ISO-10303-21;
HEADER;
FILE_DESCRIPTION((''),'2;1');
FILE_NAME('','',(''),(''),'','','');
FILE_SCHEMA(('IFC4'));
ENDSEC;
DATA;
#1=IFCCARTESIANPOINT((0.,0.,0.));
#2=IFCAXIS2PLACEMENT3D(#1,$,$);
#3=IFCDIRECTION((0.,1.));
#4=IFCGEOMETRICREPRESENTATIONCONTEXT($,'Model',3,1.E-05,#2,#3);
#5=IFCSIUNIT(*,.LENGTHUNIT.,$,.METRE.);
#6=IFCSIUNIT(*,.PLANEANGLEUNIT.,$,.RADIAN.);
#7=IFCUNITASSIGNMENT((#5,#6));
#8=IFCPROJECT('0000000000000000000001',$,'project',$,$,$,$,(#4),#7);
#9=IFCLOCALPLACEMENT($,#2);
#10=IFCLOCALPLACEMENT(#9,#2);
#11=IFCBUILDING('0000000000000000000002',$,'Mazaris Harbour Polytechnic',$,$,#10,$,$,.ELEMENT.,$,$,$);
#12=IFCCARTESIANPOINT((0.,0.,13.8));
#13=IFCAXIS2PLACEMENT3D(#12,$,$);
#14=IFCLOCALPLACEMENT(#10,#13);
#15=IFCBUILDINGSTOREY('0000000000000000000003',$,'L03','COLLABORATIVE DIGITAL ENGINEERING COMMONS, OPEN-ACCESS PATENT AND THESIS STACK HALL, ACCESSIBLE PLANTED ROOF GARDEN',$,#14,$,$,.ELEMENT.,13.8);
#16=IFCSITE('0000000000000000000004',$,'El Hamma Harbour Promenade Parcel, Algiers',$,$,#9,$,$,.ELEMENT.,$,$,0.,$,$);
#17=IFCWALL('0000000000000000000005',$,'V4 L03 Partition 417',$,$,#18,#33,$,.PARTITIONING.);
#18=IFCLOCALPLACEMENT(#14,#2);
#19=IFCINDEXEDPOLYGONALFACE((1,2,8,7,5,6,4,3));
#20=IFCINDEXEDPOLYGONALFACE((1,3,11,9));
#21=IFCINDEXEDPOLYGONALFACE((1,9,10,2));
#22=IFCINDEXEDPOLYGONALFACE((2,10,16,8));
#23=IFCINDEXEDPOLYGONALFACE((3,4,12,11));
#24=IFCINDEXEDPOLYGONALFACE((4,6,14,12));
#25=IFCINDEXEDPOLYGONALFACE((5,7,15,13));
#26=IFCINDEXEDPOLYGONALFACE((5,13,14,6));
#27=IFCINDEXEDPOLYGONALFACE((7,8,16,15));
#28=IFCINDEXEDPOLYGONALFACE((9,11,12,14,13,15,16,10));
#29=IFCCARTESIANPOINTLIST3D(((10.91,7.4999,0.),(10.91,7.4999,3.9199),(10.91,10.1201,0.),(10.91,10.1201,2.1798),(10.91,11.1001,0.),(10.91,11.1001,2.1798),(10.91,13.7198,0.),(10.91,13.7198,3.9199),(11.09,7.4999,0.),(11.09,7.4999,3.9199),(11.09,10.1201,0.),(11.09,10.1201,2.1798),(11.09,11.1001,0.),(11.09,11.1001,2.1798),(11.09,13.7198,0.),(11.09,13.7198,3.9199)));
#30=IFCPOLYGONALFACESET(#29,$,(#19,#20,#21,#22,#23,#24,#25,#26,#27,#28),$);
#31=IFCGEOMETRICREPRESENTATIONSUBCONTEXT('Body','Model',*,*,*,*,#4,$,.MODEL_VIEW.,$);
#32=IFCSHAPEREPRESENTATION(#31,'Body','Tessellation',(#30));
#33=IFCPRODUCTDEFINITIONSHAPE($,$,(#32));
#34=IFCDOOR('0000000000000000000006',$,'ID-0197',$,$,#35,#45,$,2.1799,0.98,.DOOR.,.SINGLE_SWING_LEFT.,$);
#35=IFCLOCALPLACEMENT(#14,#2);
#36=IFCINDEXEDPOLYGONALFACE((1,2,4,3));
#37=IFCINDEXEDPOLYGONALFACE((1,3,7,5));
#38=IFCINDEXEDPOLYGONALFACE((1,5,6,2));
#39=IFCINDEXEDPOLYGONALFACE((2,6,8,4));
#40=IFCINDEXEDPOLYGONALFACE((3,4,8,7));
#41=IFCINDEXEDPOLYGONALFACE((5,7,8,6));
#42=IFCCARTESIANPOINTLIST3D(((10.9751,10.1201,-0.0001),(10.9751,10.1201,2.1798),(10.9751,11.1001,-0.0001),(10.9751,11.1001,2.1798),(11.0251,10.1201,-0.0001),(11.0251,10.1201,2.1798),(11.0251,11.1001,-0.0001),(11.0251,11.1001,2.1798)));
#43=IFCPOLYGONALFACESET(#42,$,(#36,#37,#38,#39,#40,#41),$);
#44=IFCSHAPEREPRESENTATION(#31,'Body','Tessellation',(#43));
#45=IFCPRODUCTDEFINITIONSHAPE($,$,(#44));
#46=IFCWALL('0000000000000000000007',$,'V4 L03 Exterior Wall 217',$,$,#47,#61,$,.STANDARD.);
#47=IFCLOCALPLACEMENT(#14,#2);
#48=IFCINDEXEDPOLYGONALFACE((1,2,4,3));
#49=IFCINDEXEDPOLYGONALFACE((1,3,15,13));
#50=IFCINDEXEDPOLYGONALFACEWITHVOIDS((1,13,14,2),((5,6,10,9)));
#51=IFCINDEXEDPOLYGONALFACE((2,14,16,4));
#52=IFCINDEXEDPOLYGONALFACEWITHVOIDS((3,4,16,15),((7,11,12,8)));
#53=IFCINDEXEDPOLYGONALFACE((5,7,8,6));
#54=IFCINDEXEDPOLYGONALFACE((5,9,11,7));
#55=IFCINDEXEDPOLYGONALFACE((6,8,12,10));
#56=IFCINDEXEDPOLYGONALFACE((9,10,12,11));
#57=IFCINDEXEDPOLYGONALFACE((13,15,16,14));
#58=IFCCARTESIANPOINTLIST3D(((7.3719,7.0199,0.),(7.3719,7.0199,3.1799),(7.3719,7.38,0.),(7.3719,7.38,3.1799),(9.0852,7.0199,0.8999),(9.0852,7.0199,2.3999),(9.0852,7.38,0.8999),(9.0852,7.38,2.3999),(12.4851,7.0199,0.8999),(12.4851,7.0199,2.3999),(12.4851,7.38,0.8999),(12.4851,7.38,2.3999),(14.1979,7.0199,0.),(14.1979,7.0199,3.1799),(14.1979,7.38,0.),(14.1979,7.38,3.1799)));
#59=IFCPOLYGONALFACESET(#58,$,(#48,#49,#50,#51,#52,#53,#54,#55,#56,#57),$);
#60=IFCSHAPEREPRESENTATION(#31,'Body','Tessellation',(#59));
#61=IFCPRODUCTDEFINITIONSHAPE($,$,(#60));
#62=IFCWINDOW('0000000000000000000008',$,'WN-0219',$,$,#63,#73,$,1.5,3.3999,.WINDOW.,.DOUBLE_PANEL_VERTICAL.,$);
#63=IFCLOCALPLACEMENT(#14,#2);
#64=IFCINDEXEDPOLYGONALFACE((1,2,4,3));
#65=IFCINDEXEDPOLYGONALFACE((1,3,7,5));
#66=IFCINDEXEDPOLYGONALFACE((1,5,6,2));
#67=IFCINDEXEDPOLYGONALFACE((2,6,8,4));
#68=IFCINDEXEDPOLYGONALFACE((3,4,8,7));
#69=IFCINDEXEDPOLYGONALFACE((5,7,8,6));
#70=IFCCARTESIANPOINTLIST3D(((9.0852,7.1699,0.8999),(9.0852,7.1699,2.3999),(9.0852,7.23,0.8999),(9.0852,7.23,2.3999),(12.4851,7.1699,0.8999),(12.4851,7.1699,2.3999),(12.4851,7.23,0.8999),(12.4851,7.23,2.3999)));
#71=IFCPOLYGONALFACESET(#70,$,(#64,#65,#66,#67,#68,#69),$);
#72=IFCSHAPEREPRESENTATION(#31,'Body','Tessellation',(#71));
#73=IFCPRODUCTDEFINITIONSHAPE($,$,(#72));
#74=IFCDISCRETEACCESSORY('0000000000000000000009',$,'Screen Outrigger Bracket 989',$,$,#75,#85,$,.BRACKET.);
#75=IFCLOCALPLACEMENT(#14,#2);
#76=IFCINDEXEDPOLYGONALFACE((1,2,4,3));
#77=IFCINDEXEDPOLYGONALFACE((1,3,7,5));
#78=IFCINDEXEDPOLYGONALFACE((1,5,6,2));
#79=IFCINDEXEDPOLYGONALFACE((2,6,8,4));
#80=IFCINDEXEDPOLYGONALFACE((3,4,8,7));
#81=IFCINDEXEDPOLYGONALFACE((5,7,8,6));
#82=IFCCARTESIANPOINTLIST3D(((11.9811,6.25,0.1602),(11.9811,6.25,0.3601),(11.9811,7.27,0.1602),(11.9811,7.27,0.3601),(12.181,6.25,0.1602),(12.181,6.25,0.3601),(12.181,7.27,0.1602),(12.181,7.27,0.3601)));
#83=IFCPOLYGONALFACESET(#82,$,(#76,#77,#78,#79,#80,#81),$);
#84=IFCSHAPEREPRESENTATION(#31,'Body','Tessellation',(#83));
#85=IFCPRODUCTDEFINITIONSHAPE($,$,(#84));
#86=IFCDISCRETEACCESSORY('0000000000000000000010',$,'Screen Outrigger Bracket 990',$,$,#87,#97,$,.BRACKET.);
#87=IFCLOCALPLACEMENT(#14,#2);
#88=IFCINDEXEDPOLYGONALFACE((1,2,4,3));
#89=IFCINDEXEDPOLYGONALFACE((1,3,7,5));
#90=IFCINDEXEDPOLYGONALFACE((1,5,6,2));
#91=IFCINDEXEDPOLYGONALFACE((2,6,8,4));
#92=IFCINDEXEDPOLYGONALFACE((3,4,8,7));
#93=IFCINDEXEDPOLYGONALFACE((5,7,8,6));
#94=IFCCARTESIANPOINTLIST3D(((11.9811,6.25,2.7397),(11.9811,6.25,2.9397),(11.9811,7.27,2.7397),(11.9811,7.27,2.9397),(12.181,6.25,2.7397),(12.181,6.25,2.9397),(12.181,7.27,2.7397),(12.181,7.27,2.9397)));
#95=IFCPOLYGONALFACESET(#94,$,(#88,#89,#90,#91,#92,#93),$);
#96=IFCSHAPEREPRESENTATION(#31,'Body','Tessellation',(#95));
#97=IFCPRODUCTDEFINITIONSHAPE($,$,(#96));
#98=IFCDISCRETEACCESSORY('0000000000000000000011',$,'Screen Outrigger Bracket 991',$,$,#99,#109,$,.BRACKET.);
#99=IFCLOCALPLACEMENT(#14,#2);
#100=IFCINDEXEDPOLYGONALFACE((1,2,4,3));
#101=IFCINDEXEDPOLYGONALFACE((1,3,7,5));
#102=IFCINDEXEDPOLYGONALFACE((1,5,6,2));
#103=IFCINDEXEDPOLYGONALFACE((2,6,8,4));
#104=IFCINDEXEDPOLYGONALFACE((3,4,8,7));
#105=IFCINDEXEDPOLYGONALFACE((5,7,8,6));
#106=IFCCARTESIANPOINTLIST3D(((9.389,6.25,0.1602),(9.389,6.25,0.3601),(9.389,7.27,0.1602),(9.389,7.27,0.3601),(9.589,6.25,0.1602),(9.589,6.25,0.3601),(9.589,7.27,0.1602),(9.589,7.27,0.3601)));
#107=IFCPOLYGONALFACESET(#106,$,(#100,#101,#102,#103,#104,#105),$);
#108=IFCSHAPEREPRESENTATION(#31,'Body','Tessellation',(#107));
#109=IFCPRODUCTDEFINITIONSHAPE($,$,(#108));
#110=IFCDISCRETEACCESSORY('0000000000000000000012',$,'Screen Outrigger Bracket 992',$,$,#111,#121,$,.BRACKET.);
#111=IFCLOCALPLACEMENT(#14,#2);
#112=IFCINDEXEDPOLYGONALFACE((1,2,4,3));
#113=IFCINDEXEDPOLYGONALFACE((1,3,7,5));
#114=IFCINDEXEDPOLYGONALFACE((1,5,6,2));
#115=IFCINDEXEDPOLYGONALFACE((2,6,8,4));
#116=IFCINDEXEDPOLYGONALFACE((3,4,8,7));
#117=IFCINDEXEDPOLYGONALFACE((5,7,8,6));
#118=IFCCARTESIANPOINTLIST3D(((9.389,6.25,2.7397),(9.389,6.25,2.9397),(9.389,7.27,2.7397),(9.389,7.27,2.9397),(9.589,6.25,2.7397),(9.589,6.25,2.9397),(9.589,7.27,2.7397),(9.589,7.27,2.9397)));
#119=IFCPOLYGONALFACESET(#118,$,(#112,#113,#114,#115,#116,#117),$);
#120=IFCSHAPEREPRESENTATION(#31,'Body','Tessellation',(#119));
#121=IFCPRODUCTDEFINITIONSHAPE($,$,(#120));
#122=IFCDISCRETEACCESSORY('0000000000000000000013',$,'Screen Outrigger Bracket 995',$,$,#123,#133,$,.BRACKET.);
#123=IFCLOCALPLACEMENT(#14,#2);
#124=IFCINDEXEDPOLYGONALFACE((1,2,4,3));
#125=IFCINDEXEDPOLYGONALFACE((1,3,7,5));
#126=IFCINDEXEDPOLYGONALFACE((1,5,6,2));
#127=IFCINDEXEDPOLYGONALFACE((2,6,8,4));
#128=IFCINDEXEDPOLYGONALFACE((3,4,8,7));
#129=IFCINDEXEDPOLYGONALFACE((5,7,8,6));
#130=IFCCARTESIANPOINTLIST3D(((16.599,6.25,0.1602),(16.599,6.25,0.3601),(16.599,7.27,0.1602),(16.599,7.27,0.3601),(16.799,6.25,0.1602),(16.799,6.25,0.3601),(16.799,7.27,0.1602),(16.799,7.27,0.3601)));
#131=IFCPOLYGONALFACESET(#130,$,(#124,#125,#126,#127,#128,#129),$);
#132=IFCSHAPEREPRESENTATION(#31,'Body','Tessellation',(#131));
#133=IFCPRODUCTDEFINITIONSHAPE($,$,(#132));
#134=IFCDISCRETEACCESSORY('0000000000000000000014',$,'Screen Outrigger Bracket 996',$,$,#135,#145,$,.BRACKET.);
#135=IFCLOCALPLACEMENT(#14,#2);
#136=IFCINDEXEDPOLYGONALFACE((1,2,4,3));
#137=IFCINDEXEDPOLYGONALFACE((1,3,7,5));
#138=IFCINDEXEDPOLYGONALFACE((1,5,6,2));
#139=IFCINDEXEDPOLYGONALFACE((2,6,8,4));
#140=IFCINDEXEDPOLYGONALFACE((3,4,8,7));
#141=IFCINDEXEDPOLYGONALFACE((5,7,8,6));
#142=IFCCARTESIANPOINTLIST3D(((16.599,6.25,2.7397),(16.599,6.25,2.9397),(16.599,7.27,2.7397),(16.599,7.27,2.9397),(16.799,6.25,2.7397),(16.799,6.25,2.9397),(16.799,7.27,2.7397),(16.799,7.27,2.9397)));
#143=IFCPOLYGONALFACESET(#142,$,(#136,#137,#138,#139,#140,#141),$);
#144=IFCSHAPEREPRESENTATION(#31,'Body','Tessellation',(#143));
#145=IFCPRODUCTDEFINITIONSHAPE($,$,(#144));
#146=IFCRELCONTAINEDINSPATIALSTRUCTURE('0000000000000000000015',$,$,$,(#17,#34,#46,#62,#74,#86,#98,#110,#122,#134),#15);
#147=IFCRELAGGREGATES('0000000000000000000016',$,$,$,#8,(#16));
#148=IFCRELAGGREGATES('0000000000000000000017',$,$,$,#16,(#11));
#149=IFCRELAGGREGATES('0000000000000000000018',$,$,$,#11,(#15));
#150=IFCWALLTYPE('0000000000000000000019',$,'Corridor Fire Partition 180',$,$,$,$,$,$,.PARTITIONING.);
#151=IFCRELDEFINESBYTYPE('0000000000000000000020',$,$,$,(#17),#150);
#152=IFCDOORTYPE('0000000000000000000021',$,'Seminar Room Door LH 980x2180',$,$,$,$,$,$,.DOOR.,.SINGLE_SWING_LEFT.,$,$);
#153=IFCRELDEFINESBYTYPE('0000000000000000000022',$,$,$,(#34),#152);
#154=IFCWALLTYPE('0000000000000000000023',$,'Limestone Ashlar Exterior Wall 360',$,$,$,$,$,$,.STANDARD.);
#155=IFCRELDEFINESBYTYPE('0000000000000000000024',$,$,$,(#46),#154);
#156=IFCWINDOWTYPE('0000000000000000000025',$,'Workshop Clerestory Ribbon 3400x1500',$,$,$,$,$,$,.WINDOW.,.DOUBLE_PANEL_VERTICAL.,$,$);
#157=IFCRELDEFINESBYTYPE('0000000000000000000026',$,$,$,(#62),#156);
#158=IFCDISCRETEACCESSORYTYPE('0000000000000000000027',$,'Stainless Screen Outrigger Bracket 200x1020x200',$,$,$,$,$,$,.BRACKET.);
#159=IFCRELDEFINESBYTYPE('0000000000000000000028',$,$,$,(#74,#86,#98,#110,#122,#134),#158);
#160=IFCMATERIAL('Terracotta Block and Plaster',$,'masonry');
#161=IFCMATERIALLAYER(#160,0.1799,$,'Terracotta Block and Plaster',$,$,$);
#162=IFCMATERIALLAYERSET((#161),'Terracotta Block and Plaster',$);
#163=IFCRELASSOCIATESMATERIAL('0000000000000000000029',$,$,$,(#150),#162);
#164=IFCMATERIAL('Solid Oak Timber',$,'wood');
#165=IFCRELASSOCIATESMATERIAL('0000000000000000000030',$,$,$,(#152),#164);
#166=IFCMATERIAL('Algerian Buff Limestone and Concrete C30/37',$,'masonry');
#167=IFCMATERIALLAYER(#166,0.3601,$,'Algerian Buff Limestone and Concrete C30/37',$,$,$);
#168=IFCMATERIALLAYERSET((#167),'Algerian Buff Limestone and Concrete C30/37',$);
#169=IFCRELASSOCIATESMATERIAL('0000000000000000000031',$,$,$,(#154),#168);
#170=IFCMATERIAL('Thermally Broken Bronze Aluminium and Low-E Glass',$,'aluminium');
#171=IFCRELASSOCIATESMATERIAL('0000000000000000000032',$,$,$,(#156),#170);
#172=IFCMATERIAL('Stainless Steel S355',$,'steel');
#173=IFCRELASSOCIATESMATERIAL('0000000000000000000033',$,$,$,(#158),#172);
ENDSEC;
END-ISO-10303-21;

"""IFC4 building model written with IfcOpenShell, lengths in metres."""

from ifc_helpers import new_model, si_unit, direction, frame, frame_2d, origin, origin_2d, place, context, subcontext, project, spatial, rectangle, extrude, material, layer, layer_set, type_object, element, fill, save


model = new_model("IFC4")

# Units and contexts
model_context = context("Model", 3, precision=1e-05, world=origin(), true_north=direction((0.0, 1.0)))
body_context = subcontext(model_context, "Body", "Model", "MODEL_VIEW")
ifc_project = project(units=[si_unit("LENGTHUNIT", "METRE"), si_unit("PLANEANGLEUNIT", "RADIAN")], contexts=[model_context])

# Site, building, storey
site_placement = place(None, origin())
site = spatial("IfcSite", under=ifc_project, at=site_placement, Name="El Hamma Harbour Promenade Parcel, Algiers", CompositionType="ELEMENT", RefElevation=0.0)
building_placement = place(site_placement, origin())
building = spatial("IfcBuilding", under=site, at=building_placement, Name="Mazaris Harbour Polytechnic", CompositionType="ELEMENT")
storey_placement = place(building_placement, frame((0.0, 0.0, 13.8)))
storey = spatial("IfcBuildingStorey", under=building, at=storey_placement, Name="L03", Description="COLLABORATIVE DIGITAL ENGINEERING COMMONS, OPEN-ACCESS PATENT AND THESIS STACK HALL, ACCESSIBLE PLANTED ROOF GARDEN", CompositionType="ELEMENT", Elevation=13.8)

# Wall, opening, door
ifc_material_1 = material(Name="Terracotta Block and Plaster", Category="masonry")
ifc_layer_1 = layer(ifc_material_1, 0.1799, Name="Terracotta Block and Plaster")
ifc_layer_set_1 = layer_set([ifc_layer_1], Name="Terracotta Block and Plaster")
wall_type_1 = type_object("IfcWallType", Name="Corridor Fire Partition 180", PredefinedType="PARTITIONING", material=ifc_layer_set_1)
wall_1_placement = place(storey_placement, frame((11.0, 7.5, 0.0), z_axis=(0.0, 0.0, 1.0), x_axis=(0.0, 1.0, 0.0)))
wall_1 = element("IfcWall", 1, at=wall_1_placement, inside=storey, type_object=wall_type_1, Name="V4 L03 Partition 417", PredefinedType="PARTITIONING", context=body_context, shape_type="SweptSolid", body=[
    extrude(rectangle(XDim=6.22, YDim=0.1799, at=frame_2d((3.1099, 0.0))), origin(), (0.0, 0.0, 1.0), 3.9199),
])
opening_1_placement = place(wall_1_placement, frame((2.6201, 0.0, 0.0)))
opening_1 = element("IfcOpeningElement", 2, at=opening_1_placement, cuts=wall_1, PredefinedType="OPENING", context=body_context, shape_type="SweptSolid", body=[
    extrude(rectangle(XDim=0.98, YDim=2.1799, at=frame_2d((0.49, 1.0898))), frame((0.0, 0.0999, 0.0), z_axis=(0.0, -1.0, 0.0), x_axis=(1.0, 0.0, 0.0)), (0.0, 0.0, 1.0), 0.2),
])
ifc_material_2 = material(Name="Solid Oak Timber", Category="wood")
door_type_1 = type_object("IfcDoorType", Name="Seminar Room Door LH 980x2180", OperationType="SINGLE_SWING_LEFT", PredefinedType="DOOR", material=ifc_material_2)
door_1_placement = place(opening_1_placement, origin())
door_1 = element("IfcDoor", 3, at=door_1_placement, inside=storey, type_object=door_type_1, Name="ID-0197", OperationType="SINGLE_SWING_LEFT", OverallHeight=2.1799, OverallWidth=0.98, PredefinedType="DOOR", context=body_context, shape_type="SweptSolid", body=[
    extrude(rectangle(XDim=0.98, YDim=2.1799, at=frame_2d((0.49, 1.0898))), frame((0.0, 0.0249, 0.0), z_axis=(0.0, -1.0, 0.0), x_axis=(1.0, 0.0, 0.0)), (0.0, 0.0, 1.0), 0.05),
])
fill(opening_1, door_1)

# Wall, opening, window
ifc_material_3 = material(Name="Algerian Buff Limestone and Concrete C30/37", Category="masonry")
ifc_layer_2 = layer(ifc_material_3, 0.3601, Name="Algerian Buff Limestone and Concrete C30/37")
ifc_layer_set_2 = layer_set([ifc_layer_2], Name="Algerian Buff Limestone and Concrete C30/37")
wall_type_2 = type_object("IfcWallType", Name="Limestone Ashlar Exterior Wall 360", PredefinedType="STANDARD", material=ifc_layer_set_2)
wall_2_placement = place(storey_placement, frame((14.198, 7.2, 0.0), z_axis=(0.0, 0.0, 1.0), x_axis=(-1.0, 0.0, 0.0)))
wall_2 = element("IfcWall", 4, at=wall_2_placement, inside=storey, type_object=wall_type_2, Name="V4 L03 Exterior Wall 217", PredefinedType="STANDARD", context=body_context, shape_type="SweptSolid", body=[
    extrude(rectangle(XDim=6.8259, YDim=0.3601, at=frame_2d((3.4131, 0.0))), origin(), (0.0, 0.0, 1.0), 3.1799),
])
opening_2_placement = place(wall_2_placement, frame((1.7129, 0.0, 0.8999)))
opening_2 = element("IfcOpeningElement", 5, at=opening_2_placement, cuts=wall_2, PredefinedType="OPENING", context=body_context, shape_type="SweptSolid", body=[
    extrude(rectangle(XDim=3.3999, YDim=1.5, at=frame_2d((1.7, 0.75))), frame((0.0, 0.1899, 0.0), z_axis=(0.0, -1.0, 0.0), x_axis=(1.0, 0.0, 0.0)), (0.0, 0.0, 1.0), 0.3801),
])
ifc_material_4 = material(Name="Thermally Broken Bronze Aluminium and Low-E Glass", Category="aluminium")
window_type = type_object("IfcWindowType", Name="Workshop Clerestory Ribbon 3400x1500", PartitioningType="DOUBLE_PANEL_VERTICAL", PredefinedType="WINDOW", material=ifc_material_4)
window_placement = place(opening_2_placement, origin())
window = element("IfcWindow", 6, at=window_placement, inside=storey, type_object=window_type, Name="WN-0219", OverallHeight=1.5, OverallWidth=3.3999, PartitioningType="DOUBLE_PANEL_VERTICAL", PredefinedType="WINDOW", context=body_context, shape_type="SweptSolid", body=[
    extrude(rectangle(XDim=3.3999, YDim=1.5, at=frame_2d((1.7, 0.75))), frame((0.0, 0.03, 0.0), z_axis=(0.0, -1.0, 0.0), x_axis=(1.0, 0.0, 0.0)), (0.0, 0.0, 1.0), 0.0601),
])
fill(opening_2, window)

# Discrete accessories
ifc_material_5 = material(Name="Stainless Steel S355", Category="steel")
discrete_accessory_type = type_object("IfcDiscreteAccessoryType", Name="Stainless Screen Outrigger Bracket 200x1020x200", PredefinedType="BRACKET", material=ifc_material_5)
for number, where, z_axis, x_axis, name in (
    (7, (12.0811, 6.76, 0.1602), (0.0, 0.0, 1.0), (-1.0, 0.0, 0.0), "Screen Outrigger Bracket 989"),
    (8, (12.0811, 6.76, 2.7397), (0.0, 0.0, 1.0), (-1.0, 0.0, 0.0), "Screen Outrigger Bracket 990"),
    (9, (9.489, 6.76, 0.1602), (0.0, 0.0, 1.0), (-1.0, 0.0, 0.0), "Screen Outrigger Bracket 991"),
    (10, (9.489, 6.76, 2.7397), (0.0, 0.0, 1.0), (-1.0, 0.0, 0.0), "Screen Outrigger Bracket 992"),
    (11, (16.699, 6.76, 0.1602), (0.0, 0.0, 1.0), (-1.0, 0.0, 0.0), "Screen Outrigger Bracket 995"),
    (12, (16.699, 6.76, 2.7397), (0.0, 0.0, 1.0), (-1.0, 0.0, 0.0), "Screen Outrigger Bracket 996"),
):
    element("IfcDiscreteAccessory", number, at=place(storey_placement, frame(where, z_axis=z_axis, x_axis=x_axis)), inside=storey, type_object=discrete_accessory_type, Name=name, PredefinedType="BRACKET", context=body_context, shape_type="SweptSolid", body=[
        extrude(rectangle(XDim=0.2, YDim=1.02, at=origin_2d()), origin(), (0.0, 0.0, 1.0), 0.2),
    ])

save(model, "model.ifc")
